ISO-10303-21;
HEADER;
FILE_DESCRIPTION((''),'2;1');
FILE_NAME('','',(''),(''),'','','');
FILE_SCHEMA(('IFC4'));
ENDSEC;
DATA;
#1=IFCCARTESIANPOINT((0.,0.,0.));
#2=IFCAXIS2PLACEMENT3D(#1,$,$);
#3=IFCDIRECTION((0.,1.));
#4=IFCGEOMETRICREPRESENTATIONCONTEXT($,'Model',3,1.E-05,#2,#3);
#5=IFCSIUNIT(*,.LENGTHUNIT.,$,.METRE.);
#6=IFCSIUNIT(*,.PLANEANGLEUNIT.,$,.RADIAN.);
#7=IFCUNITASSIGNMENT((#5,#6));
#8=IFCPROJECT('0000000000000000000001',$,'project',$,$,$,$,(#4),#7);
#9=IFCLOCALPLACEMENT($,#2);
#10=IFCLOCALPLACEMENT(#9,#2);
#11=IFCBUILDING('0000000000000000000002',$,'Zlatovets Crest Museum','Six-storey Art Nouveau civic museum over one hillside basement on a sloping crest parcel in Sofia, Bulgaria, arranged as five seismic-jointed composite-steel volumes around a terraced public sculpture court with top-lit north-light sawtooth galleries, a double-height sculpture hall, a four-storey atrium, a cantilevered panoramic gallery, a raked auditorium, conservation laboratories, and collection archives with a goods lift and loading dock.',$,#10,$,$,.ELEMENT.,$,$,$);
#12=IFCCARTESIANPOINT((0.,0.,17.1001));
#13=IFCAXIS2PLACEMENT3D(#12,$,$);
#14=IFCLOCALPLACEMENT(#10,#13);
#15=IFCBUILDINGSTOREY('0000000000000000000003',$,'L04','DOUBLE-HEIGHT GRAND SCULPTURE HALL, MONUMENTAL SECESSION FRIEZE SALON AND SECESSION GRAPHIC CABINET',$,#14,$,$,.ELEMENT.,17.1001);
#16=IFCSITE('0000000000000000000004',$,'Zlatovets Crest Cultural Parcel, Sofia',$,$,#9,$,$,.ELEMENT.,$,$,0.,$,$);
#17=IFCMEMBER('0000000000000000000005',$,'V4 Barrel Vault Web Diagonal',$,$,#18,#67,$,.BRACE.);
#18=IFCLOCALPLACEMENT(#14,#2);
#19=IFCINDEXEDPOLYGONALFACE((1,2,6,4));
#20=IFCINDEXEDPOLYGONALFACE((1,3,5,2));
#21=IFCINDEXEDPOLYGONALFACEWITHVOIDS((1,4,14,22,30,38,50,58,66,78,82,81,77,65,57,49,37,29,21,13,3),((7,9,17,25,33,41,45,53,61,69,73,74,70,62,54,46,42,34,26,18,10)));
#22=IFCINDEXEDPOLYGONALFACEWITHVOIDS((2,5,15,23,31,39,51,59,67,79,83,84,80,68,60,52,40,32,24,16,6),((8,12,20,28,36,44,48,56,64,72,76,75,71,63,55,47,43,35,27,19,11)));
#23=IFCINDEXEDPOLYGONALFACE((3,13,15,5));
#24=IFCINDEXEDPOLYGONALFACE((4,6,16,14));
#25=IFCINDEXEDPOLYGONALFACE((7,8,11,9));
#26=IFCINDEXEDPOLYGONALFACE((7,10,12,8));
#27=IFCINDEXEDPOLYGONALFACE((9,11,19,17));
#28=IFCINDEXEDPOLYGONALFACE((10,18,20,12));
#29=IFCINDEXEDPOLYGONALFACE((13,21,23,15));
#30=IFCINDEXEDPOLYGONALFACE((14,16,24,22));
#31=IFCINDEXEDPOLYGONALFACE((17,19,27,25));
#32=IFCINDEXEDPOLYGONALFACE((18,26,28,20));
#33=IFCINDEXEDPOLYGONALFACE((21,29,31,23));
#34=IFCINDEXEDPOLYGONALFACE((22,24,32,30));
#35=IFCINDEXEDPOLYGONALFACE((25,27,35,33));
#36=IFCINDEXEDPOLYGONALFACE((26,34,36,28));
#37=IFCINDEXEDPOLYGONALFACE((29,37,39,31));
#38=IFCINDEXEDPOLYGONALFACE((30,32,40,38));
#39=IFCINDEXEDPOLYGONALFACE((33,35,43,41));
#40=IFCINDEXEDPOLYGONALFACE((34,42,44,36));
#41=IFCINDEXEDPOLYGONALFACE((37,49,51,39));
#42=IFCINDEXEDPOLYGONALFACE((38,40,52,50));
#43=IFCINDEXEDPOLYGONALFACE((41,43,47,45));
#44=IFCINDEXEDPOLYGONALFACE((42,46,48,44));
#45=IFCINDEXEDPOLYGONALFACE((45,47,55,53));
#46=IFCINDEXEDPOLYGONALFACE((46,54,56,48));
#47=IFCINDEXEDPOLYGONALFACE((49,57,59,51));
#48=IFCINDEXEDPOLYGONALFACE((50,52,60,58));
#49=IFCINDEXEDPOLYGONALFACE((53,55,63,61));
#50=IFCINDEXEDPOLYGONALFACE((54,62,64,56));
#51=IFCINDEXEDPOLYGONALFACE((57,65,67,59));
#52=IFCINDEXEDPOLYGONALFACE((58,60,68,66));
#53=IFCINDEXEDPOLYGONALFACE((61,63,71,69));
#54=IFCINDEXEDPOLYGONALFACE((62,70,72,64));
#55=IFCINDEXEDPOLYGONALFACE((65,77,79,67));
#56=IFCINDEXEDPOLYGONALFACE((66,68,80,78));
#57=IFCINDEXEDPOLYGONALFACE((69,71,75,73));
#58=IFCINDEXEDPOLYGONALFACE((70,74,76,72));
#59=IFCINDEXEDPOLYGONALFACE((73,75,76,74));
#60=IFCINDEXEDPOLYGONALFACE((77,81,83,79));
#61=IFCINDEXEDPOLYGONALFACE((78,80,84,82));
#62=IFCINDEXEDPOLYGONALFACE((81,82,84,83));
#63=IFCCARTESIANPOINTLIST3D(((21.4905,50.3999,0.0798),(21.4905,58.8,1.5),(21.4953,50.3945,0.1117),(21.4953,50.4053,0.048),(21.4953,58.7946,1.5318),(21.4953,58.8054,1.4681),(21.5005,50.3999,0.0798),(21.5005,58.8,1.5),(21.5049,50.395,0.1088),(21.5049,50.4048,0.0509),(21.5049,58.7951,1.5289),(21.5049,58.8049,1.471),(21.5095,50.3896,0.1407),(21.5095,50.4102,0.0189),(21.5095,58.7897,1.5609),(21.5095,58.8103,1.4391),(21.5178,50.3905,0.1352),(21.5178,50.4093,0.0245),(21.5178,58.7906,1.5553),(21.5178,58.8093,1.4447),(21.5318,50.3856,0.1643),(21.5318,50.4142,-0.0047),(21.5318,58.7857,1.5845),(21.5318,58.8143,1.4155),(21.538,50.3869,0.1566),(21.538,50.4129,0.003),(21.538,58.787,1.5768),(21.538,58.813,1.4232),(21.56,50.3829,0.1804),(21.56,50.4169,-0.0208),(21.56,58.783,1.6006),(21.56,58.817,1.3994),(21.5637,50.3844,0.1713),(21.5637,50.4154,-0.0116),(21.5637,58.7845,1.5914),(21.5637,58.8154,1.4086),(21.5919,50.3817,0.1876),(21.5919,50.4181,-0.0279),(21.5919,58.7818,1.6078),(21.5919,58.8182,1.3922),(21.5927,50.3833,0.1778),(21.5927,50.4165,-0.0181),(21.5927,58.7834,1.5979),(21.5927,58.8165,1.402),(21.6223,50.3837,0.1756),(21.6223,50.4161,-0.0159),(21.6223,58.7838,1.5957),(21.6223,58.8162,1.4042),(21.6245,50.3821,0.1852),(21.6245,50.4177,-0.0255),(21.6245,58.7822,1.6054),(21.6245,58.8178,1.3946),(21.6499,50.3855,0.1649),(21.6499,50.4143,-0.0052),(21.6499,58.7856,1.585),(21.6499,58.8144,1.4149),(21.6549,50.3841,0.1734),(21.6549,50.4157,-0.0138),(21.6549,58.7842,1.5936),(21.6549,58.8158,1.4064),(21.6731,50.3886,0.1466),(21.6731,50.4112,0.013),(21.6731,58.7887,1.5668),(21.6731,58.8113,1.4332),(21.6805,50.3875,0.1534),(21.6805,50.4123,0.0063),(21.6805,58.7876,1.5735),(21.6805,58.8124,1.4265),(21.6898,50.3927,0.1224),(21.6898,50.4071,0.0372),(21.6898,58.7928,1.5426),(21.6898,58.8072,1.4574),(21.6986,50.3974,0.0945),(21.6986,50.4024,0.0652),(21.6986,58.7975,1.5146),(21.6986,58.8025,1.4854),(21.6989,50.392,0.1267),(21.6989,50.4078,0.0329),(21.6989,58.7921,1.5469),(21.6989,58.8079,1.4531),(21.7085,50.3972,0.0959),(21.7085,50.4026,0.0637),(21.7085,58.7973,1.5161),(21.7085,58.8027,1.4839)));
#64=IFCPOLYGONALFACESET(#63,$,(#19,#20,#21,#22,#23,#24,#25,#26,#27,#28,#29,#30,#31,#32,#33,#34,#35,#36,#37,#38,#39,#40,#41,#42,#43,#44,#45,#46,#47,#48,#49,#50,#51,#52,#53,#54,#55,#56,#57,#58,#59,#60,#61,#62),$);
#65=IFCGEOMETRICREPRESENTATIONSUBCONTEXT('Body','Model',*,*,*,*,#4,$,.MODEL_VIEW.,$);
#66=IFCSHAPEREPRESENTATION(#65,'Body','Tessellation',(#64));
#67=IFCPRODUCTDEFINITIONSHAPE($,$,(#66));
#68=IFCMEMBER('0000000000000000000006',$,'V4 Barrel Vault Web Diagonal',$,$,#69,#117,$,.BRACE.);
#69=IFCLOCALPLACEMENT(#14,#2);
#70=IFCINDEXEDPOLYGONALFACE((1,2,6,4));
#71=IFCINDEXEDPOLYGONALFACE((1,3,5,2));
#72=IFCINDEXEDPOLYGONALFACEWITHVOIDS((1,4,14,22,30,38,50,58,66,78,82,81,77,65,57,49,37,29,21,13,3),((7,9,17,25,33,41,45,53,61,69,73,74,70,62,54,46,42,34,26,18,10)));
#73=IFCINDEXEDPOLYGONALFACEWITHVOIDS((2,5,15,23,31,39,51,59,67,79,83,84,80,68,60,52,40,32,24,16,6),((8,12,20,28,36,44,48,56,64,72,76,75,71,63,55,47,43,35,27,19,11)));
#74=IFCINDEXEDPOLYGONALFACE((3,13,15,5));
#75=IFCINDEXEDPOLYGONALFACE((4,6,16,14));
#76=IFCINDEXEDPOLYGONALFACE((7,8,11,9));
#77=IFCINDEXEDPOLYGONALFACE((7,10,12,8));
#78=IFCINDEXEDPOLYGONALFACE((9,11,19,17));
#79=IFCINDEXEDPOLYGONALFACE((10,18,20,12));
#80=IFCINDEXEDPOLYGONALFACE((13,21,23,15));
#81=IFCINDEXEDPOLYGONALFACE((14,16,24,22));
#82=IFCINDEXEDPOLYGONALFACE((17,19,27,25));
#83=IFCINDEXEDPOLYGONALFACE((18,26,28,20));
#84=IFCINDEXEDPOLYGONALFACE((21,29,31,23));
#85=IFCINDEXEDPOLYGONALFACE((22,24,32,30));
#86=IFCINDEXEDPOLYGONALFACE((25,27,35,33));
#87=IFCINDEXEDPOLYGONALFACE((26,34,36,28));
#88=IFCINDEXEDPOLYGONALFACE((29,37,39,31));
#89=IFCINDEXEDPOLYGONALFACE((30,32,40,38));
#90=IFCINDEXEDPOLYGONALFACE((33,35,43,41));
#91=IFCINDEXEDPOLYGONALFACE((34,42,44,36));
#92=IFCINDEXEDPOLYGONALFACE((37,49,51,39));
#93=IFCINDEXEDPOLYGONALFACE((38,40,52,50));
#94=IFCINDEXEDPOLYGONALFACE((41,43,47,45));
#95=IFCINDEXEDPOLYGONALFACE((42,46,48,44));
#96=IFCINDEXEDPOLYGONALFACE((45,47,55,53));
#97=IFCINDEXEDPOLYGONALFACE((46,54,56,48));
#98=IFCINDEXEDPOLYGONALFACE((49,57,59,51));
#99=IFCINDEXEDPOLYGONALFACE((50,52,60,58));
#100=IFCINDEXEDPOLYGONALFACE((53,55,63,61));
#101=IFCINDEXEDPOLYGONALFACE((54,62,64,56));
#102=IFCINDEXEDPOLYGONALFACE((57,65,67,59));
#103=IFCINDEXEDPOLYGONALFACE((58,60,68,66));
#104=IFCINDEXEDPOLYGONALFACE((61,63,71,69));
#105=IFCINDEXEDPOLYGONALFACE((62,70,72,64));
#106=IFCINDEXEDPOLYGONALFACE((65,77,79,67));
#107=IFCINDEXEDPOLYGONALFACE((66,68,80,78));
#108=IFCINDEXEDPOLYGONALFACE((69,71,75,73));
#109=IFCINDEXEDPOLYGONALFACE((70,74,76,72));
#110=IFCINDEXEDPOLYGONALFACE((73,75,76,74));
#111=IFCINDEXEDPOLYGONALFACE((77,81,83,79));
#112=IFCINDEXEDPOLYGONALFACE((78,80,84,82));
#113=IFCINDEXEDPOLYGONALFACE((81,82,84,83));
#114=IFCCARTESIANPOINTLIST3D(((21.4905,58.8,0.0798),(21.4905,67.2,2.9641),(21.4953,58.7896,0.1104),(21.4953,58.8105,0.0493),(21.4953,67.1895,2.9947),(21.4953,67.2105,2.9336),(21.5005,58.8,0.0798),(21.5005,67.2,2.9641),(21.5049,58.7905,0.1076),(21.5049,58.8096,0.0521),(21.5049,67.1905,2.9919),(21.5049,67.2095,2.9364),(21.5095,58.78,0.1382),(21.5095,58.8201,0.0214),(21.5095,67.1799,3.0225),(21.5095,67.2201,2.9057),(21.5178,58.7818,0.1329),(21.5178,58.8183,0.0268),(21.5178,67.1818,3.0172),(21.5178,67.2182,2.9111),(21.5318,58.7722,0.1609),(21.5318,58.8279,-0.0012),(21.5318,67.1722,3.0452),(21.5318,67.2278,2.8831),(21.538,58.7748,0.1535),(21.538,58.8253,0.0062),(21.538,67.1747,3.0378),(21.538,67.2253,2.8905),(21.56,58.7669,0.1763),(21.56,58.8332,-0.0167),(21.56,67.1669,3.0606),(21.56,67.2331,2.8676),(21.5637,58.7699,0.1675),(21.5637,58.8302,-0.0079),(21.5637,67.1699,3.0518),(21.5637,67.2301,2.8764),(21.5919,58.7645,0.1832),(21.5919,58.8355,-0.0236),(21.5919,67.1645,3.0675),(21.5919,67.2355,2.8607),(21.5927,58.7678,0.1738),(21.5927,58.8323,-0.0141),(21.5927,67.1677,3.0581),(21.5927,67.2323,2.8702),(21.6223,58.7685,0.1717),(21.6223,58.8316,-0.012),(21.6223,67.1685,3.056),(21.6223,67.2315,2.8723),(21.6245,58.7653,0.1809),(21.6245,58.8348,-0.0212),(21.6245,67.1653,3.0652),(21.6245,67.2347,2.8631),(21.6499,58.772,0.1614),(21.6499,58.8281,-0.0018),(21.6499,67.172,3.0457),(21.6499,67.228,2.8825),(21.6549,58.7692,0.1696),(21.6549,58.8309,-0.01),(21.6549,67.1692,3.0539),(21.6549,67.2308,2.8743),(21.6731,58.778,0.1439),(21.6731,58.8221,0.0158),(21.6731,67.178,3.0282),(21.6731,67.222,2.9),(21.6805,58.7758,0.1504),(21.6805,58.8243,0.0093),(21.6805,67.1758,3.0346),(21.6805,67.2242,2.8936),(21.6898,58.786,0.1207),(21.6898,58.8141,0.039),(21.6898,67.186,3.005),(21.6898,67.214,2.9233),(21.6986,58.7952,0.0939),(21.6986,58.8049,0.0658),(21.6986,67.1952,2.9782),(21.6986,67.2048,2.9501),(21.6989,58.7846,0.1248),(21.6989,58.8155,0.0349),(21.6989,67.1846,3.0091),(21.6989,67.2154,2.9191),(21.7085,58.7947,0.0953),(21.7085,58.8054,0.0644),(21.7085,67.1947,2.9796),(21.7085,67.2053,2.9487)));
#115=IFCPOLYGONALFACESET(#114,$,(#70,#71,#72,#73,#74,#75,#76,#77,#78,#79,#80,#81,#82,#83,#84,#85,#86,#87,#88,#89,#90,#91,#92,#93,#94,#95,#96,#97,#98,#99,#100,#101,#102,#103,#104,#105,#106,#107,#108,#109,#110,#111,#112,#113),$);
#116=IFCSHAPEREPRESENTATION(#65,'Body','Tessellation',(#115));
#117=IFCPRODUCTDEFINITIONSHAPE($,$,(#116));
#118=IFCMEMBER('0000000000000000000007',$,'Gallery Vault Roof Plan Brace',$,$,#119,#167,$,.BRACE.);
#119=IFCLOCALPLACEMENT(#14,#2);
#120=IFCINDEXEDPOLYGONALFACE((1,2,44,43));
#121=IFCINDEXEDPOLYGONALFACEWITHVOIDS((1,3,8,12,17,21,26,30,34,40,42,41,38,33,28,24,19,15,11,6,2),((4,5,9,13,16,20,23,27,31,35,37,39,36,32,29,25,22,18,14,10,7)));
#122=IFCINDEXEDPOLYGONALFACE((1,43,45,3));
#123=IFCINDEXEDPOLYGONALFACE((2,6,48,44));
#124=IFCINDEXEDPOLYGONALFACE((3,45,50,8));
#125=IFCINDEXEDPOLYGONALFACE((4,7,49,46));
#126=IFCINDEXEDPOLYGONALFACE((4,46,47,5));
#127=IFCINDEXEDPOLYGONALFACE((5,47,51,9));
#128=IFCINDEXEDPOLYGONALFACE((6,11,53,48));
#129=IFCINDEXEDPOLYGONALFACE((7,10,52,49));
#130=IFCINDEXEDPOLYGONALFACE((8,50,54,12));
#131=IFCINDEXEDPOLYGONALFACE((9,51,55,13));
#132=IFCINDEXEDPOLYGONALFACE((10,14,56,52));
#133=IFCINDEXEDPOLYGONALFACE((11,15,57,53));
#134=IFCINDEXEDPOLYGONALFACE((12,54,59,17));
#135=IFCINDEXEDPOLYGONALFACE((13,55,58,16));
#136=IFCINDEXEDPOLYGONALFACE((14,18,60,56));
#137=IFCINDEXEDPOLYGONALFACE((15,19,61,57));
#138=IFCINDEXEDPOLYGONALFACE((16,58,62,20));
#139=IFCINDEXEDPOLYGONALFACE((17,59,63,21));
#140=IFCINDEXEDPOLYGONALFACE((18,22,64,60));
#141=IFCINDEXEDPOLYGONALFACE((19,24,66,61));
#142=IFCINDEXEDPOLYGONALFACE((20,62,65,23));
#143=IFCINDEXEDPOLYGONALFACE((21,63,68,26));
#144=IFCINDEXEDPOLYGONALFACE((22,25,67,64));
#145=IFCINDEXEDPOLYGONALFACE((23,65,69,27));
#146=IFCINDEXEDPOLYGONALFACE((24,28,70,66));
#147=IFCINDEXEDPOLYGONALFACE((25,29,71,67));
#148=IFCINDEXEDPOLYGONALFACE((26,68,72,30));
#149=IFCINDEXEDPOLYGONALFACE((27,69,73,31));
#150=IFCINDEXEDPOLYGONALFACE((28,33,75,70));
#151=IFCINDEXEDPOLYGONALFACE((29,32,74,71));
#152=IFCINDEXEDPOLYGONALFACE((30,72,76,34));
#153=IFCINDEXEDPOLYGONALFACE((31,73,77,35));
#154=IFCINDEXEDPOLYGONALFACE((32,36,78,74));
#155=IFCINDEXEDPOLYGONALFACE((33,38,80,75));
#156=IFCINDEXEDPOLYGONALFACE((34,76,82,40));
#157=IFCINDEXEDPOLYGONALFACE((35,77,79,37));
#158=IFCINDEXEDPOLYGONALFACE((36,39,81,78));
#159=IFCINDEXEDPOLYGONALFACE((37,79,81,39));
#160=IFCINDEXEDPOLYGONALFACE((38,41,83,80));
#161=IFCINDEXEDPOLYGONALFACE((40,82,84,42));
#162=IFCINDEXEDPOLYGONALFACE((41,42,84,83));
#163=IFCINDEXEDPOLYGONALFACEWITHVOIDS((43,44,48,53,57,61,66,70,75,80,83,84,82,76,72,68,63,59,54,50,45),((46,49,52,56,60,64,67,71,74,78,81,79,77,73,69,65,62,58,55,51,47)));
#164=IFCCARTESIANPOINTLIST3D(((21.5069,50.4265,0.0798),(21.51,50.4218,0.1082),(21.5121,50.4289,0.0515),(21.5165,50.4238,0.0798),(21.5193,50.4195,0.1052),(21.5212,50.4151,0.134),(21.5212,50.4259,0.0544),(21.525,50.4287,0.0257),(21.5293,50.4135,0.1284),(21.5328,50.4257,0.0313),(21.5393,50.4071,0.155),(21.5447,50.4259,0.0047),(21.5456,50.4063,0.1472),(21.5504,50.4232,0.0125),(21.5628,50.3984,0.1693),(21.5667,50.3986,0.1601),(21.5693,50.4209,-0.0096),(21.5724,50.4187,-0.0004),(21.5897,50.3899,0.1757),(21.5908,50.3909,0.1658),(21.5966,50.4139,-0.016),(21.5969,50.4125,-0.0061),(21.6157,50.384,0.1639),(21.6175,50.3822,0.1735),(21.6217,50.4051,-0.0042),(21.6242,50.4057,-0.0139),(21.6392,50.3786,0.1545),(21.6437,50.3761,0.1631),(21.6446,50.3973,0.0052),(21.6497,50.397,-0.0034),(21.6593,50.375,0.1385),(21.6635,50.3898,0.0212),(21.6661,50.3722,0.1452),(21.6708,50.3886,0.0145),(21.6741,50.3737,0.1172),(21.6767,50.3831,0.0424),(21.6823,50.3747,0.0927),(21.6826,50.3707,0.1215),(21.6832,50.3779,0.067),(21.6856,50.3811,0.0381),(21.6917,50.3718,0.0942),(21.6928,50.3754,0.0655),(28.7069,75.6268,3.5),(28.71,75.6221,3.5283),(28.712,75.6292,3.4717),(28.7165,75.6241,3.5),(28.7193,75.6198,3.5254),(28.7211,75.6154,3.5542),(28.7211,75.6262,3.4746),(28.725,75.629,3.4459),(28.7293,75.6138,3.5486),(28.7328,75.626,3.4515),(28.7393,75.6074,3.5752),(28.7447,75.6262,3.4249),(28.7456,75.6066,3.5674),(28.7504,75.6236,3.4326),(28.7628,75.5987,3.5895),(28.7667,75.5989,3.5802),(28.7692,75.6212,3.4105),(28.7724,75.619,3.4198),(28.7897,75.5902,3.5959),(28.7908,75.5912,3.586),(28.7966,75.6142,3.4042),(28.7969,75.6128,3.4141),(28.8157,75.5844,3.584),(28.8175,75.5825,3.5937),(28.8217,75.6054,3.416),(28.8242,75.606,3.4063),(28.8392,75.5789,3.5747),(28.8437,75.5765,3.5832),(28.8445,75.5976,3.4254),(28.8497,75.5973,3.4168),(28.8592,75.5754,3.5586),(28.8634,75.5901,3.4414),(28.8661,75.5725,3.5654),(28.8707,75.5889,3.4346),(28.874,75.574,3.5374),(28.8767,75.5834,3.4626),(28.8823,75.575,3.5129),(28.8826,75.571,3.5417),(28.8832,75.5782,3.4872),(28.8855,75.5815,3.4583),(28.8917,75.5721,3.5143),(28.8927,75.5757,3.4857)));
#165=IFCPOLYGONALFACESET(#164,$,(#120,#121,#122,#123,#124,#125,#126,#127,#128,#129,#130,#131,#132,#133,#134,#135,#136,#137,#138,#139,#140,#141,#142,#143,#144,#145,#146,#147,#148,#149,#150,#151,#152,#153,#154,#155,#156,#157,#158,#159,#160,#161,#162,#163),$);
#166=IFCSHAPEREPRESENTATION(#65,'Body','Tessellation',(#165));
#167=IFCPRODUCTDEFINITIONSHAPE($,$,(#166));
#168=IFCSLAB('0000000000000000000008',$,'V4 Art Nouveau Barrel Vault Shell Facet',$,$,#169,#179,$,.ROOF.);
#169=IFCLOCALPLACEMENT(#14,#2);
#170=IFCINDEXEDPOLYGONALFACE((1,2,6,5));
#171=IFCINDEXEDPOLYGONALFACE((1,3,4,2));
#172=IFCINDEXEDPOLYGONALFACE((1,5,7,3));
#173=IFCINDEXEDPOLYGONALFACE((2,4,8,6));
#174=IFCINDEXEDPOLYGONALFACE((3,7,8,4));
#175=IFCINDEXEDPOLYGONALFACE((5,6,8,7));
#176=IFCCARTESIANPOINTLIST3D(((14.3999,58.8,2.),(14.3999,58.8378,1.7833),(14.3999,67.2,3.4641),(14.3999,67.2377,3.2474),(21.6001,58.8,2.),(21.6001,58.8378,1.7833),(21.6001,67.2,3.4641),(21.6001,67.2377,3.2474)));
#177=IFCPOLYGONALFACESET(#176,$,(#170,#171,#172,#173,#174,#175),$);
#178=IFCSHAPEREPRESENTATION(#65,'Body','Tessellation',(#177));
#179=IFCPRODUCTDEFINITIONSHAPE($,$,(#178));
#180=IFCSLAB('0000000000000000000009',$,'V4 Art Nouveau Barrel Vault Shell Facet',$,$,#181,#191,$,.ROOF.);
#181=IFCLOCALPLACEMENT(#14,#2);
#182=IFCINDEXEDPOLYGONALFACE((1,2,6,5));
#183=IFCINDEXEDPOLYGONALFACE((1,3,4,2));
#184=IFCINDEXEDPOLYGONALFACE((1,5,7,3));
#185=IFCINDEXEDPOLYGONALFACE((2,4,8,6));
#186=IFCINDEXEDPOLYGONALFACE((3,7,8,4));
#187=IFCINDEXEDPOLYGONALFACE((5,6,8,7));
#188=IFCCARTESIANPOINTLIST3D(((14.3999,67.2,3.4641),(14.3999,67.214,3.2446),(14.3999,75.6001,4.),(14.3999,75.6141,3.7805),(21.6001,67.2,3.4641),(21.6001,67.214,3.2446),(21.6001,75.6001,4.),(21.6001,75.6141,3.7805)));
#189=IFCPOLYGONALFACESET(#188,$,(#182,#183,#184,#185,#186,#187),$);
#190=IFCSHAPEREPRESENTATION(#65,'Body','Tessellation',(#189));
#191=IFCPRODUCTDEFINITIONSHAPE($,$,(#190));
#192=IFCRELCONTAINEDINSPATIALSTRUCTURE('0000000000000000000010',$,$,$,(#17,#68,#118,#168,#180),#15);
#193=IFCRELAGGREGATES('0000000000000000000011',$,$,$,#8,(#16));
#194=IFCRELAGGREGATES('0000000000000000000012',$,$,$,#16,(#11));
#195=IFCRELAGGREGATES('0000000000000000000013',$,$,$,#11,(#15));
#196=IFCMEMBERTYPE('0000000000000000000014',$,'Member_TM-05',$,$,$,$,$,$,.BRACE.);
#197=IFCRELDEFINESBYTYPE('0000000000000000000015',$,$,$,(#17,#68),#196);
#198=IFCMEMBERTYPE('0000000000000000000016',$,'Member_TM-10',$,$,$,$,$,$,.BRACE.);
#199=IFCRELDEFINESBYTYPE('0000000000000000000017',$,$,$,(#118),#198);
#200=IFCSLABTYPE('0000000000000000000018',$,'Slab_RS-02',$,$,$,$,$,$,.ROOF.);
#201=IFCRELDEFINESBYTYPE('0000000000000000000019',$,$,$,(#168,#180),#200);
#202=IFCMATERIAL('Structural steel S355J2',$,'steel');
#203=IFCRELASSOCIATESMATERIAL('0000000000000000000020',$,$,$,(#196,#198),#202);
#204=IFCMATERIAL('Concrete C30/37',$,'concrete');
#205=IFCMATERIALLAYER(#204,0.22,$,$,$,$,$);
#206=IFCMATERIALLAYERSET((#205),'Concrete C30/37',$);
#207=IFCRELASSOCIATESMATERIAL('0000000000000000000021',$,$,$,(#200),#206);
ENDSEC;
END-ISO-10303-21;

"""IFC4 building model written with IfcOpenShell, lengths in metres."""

from ifc_helpers import new_model, si_unit, direction, frame, origin, origin_2d, place, context, subcontext, project, spatial, polyline, hollow_circle, outline, extrude, material, layer, layer_set, material_profile, profile_set, type_object, element, save


model = new_model("IFC4")

# Units and contexts
model_context = context("Model", 3, precision=1e-05, world=origin(), true_north=direction((0.0, 1.0)))
body_context = subcontext(model_context, "Body", "Model", "MODEL_VIEW")
ifc_project = project(units=[si_unit("LENGTHUNIT", "METRE"), si_unit("PLANEANGLEUNIT", "RADIAN")], contexts=[model_context])

# Site, building, storey
site_placement = place(None, origin())
site = spatial("IfcSite", under=ifc_project, at=site_placement, Name="Zlatovets Crest Cultural Parcel, Sofia", CompositionType="ELEMENT", RefElevation=0.0)
building_placement = place(site_placement, origin())
building = spatial("IfcBuilding", under=site, at=building_placement, Name="Zlatovets Crest Museum", Description="Six-storey Art Nouveau civic museum over one hillside basement on a sloping crest parcel in Sofia, Bulgaria, arranged as five seismic-jointed composite-steel volumes around a terraced public sculpture court with top-lit north-light sawtooth galleries, a double-height sculpture hall, a four-storey atrium, a cantilevered panoramic gallery, a raked auditorium, conservation laboratories, and collection archives with a goods lift and loading dock.", CompositionType="ELEMENT")
storey_placement = place(building_placement, frame((0.0, 0.0, 17.1001)))
storey = spatial("IfcBuildingStorey", under=building, at=storey_placement, Name="L04", Description="DOUBLE-HEIGHT GRAND SCULPTURE HALL, MONUMENTAL SECESSION FRIEZE SALON AND SECESSION GRAPHIC CABINET", CompositionType="ELEMENT", Elevation=17.1001)

# Shared definitions
ifc_material_1 = material(Name="Structural steel S355J2", Category="steel")

# Members
ifc_material_profile_1 = material_profile(ifc_material_1, hollow_circle(Radius=0.1096, WallThickness=0.01, at=origin_2d()), Name="CHS 219.1x10.0")
ifc_profile_set_1 = profile_set([ifc_material_profile_1], Name="Structural steel S355J2")
member_type_1 = type_object("IfcMemberType", Name="Member_TM-05", PredefinedType="BRACE", material=ifc_profile_set_1)
member_1_placement = place(storey_placement, frame((21.6001, 50.3999, 0.0798), z_axis=(0.0, 0.986008, 0.166699), x_axis=(-1.0, 0.0, 0.0)))
element("IfcMember", 1, at=member_1_placement, inside=storey, type_object=member_type_1, Name="V4 Barrel Vault Web Diagonal", PredefinedType="BRACE", context=body_context, shape_type="SweptSolid", body=[
    extrude(hollow_circle(Radius=0.1096, WallThickness=0.01, at=origin_2d()), origin(), (0.0, 0.0, 1.0), 8.5193),
])
member_2_placement = place(storey_placement, frame((21.6001, 58.8, 0.0798), z_axis=(0.0, 0.945797, 0.324759), x_axis=(-1.0, 0.0, 0.0)))
element("IfcMember", 2, at=member_2_placement, inside=storey, type_object=member_type_1, Name="V4 Barrel Vault Web Diagonal", PredefinedType="BRACE", context=body_context, shape_type="SweptSolid", body=[
    extrude(hollow_circle(Radius=0.1096, WallThickness=0.01, at=origin_2d()), origin(), (0.0, 0.0, 1.0), 8.8813),
])
ifc_material_profile_2 = material_profile(ifc_material_1, hollow_circle(Radius=0.0969, WallThickness=0.01, at=origin_2d()), Name="CHS 193.7x10.0")
ifc_profile_set_2 = profile_set([ifc_material_profile_2], Name="Structural steel S355J2")
member_type_2 = type_object("IfcMemberType", Name="Member_TM-10", PredefinedType="BRACE", material=ifc_profile_set_2)
member_3_placement = place(storey_placement, frame((21.6001, 50.3999, 0.0798), z_axis=(0.272408, 0.953441, 0.129401), x_axis=(-0.961525, 0.274717, 0.0)))
element("IfcMember", 3, at=member_3_placement, inside=storey, type_object=member_type_2, Name="Gallery Vault Roof Plan Brace", PredefinedType="BRACE", context=body_context, shape_type="SweptSolid", body=[
    extrude(hollow_circle(Radius=0.0969, WallThickness=0.01, at=origin_2d()), origin(), (0.0, 0.0, 1.0), 26.4309),
])

# Slabs
ifc_material_2 = material(Name="Concrete C30/37", Category="concrete")
ifc_layer = layer(ifc_material_2, 0.22)
ifc_layer_set = layer_set([ifc_layer], Name="Concrete C30/37")
slab_type = type_object("IfcSlabType", Name="Slab_RS-02", PredefinedType="ROOF", material=ifc_layer_set)
slab_1_placement = place(storey_placement, frame((14.3999, 58.8, 2.0), z_axis=(0.0, -0.171712, 0.985147), x_axis=(1.0, 0.0, 0.0)))
element("IfcSlab", 4, at=slab_1_placement, inside=storey, type_object=slab_type, Name="V4 Art Nouveau Barrel Vault Shell Facet", PredefinedType="ROOF", context=body_context, shape_type="SweptSolid", body=[
    extrude(outline(polyline([(0.0, 0.0), (7.2002, 0.0), (7.2002, 8.5265), (0.0, 8.5265), (0.0, 0.0)])), origin(), (0.0, 0.0, -1.0), 0.22),
])
slab_2_placement = place(storey_placement, frame((14.3999, 67.2, 3.4641), z_axis=(0.0, -0.063666, 0.997971), x_axis=(1.0, 0.0, 0.0)))
element("IfcSlab", 5, at=slab_2_placement, inside=storey, type_object=slab_type, Name="V4 Art Nouveau Barrel Vault Shell Facet", PredefinedType="ROOF", context=body_context, shape_type="SweptSolid", body=[
    extrude(outline(polyline([(0.0, 0.0), (7.2002, 0.0), (7.2002, 8.4172), (0.0, 8.4172), (0.0, 0.0)])), origin(), (0.0, 0.0, -1.0), 0.22),
])

save(model, "model.ifc")
